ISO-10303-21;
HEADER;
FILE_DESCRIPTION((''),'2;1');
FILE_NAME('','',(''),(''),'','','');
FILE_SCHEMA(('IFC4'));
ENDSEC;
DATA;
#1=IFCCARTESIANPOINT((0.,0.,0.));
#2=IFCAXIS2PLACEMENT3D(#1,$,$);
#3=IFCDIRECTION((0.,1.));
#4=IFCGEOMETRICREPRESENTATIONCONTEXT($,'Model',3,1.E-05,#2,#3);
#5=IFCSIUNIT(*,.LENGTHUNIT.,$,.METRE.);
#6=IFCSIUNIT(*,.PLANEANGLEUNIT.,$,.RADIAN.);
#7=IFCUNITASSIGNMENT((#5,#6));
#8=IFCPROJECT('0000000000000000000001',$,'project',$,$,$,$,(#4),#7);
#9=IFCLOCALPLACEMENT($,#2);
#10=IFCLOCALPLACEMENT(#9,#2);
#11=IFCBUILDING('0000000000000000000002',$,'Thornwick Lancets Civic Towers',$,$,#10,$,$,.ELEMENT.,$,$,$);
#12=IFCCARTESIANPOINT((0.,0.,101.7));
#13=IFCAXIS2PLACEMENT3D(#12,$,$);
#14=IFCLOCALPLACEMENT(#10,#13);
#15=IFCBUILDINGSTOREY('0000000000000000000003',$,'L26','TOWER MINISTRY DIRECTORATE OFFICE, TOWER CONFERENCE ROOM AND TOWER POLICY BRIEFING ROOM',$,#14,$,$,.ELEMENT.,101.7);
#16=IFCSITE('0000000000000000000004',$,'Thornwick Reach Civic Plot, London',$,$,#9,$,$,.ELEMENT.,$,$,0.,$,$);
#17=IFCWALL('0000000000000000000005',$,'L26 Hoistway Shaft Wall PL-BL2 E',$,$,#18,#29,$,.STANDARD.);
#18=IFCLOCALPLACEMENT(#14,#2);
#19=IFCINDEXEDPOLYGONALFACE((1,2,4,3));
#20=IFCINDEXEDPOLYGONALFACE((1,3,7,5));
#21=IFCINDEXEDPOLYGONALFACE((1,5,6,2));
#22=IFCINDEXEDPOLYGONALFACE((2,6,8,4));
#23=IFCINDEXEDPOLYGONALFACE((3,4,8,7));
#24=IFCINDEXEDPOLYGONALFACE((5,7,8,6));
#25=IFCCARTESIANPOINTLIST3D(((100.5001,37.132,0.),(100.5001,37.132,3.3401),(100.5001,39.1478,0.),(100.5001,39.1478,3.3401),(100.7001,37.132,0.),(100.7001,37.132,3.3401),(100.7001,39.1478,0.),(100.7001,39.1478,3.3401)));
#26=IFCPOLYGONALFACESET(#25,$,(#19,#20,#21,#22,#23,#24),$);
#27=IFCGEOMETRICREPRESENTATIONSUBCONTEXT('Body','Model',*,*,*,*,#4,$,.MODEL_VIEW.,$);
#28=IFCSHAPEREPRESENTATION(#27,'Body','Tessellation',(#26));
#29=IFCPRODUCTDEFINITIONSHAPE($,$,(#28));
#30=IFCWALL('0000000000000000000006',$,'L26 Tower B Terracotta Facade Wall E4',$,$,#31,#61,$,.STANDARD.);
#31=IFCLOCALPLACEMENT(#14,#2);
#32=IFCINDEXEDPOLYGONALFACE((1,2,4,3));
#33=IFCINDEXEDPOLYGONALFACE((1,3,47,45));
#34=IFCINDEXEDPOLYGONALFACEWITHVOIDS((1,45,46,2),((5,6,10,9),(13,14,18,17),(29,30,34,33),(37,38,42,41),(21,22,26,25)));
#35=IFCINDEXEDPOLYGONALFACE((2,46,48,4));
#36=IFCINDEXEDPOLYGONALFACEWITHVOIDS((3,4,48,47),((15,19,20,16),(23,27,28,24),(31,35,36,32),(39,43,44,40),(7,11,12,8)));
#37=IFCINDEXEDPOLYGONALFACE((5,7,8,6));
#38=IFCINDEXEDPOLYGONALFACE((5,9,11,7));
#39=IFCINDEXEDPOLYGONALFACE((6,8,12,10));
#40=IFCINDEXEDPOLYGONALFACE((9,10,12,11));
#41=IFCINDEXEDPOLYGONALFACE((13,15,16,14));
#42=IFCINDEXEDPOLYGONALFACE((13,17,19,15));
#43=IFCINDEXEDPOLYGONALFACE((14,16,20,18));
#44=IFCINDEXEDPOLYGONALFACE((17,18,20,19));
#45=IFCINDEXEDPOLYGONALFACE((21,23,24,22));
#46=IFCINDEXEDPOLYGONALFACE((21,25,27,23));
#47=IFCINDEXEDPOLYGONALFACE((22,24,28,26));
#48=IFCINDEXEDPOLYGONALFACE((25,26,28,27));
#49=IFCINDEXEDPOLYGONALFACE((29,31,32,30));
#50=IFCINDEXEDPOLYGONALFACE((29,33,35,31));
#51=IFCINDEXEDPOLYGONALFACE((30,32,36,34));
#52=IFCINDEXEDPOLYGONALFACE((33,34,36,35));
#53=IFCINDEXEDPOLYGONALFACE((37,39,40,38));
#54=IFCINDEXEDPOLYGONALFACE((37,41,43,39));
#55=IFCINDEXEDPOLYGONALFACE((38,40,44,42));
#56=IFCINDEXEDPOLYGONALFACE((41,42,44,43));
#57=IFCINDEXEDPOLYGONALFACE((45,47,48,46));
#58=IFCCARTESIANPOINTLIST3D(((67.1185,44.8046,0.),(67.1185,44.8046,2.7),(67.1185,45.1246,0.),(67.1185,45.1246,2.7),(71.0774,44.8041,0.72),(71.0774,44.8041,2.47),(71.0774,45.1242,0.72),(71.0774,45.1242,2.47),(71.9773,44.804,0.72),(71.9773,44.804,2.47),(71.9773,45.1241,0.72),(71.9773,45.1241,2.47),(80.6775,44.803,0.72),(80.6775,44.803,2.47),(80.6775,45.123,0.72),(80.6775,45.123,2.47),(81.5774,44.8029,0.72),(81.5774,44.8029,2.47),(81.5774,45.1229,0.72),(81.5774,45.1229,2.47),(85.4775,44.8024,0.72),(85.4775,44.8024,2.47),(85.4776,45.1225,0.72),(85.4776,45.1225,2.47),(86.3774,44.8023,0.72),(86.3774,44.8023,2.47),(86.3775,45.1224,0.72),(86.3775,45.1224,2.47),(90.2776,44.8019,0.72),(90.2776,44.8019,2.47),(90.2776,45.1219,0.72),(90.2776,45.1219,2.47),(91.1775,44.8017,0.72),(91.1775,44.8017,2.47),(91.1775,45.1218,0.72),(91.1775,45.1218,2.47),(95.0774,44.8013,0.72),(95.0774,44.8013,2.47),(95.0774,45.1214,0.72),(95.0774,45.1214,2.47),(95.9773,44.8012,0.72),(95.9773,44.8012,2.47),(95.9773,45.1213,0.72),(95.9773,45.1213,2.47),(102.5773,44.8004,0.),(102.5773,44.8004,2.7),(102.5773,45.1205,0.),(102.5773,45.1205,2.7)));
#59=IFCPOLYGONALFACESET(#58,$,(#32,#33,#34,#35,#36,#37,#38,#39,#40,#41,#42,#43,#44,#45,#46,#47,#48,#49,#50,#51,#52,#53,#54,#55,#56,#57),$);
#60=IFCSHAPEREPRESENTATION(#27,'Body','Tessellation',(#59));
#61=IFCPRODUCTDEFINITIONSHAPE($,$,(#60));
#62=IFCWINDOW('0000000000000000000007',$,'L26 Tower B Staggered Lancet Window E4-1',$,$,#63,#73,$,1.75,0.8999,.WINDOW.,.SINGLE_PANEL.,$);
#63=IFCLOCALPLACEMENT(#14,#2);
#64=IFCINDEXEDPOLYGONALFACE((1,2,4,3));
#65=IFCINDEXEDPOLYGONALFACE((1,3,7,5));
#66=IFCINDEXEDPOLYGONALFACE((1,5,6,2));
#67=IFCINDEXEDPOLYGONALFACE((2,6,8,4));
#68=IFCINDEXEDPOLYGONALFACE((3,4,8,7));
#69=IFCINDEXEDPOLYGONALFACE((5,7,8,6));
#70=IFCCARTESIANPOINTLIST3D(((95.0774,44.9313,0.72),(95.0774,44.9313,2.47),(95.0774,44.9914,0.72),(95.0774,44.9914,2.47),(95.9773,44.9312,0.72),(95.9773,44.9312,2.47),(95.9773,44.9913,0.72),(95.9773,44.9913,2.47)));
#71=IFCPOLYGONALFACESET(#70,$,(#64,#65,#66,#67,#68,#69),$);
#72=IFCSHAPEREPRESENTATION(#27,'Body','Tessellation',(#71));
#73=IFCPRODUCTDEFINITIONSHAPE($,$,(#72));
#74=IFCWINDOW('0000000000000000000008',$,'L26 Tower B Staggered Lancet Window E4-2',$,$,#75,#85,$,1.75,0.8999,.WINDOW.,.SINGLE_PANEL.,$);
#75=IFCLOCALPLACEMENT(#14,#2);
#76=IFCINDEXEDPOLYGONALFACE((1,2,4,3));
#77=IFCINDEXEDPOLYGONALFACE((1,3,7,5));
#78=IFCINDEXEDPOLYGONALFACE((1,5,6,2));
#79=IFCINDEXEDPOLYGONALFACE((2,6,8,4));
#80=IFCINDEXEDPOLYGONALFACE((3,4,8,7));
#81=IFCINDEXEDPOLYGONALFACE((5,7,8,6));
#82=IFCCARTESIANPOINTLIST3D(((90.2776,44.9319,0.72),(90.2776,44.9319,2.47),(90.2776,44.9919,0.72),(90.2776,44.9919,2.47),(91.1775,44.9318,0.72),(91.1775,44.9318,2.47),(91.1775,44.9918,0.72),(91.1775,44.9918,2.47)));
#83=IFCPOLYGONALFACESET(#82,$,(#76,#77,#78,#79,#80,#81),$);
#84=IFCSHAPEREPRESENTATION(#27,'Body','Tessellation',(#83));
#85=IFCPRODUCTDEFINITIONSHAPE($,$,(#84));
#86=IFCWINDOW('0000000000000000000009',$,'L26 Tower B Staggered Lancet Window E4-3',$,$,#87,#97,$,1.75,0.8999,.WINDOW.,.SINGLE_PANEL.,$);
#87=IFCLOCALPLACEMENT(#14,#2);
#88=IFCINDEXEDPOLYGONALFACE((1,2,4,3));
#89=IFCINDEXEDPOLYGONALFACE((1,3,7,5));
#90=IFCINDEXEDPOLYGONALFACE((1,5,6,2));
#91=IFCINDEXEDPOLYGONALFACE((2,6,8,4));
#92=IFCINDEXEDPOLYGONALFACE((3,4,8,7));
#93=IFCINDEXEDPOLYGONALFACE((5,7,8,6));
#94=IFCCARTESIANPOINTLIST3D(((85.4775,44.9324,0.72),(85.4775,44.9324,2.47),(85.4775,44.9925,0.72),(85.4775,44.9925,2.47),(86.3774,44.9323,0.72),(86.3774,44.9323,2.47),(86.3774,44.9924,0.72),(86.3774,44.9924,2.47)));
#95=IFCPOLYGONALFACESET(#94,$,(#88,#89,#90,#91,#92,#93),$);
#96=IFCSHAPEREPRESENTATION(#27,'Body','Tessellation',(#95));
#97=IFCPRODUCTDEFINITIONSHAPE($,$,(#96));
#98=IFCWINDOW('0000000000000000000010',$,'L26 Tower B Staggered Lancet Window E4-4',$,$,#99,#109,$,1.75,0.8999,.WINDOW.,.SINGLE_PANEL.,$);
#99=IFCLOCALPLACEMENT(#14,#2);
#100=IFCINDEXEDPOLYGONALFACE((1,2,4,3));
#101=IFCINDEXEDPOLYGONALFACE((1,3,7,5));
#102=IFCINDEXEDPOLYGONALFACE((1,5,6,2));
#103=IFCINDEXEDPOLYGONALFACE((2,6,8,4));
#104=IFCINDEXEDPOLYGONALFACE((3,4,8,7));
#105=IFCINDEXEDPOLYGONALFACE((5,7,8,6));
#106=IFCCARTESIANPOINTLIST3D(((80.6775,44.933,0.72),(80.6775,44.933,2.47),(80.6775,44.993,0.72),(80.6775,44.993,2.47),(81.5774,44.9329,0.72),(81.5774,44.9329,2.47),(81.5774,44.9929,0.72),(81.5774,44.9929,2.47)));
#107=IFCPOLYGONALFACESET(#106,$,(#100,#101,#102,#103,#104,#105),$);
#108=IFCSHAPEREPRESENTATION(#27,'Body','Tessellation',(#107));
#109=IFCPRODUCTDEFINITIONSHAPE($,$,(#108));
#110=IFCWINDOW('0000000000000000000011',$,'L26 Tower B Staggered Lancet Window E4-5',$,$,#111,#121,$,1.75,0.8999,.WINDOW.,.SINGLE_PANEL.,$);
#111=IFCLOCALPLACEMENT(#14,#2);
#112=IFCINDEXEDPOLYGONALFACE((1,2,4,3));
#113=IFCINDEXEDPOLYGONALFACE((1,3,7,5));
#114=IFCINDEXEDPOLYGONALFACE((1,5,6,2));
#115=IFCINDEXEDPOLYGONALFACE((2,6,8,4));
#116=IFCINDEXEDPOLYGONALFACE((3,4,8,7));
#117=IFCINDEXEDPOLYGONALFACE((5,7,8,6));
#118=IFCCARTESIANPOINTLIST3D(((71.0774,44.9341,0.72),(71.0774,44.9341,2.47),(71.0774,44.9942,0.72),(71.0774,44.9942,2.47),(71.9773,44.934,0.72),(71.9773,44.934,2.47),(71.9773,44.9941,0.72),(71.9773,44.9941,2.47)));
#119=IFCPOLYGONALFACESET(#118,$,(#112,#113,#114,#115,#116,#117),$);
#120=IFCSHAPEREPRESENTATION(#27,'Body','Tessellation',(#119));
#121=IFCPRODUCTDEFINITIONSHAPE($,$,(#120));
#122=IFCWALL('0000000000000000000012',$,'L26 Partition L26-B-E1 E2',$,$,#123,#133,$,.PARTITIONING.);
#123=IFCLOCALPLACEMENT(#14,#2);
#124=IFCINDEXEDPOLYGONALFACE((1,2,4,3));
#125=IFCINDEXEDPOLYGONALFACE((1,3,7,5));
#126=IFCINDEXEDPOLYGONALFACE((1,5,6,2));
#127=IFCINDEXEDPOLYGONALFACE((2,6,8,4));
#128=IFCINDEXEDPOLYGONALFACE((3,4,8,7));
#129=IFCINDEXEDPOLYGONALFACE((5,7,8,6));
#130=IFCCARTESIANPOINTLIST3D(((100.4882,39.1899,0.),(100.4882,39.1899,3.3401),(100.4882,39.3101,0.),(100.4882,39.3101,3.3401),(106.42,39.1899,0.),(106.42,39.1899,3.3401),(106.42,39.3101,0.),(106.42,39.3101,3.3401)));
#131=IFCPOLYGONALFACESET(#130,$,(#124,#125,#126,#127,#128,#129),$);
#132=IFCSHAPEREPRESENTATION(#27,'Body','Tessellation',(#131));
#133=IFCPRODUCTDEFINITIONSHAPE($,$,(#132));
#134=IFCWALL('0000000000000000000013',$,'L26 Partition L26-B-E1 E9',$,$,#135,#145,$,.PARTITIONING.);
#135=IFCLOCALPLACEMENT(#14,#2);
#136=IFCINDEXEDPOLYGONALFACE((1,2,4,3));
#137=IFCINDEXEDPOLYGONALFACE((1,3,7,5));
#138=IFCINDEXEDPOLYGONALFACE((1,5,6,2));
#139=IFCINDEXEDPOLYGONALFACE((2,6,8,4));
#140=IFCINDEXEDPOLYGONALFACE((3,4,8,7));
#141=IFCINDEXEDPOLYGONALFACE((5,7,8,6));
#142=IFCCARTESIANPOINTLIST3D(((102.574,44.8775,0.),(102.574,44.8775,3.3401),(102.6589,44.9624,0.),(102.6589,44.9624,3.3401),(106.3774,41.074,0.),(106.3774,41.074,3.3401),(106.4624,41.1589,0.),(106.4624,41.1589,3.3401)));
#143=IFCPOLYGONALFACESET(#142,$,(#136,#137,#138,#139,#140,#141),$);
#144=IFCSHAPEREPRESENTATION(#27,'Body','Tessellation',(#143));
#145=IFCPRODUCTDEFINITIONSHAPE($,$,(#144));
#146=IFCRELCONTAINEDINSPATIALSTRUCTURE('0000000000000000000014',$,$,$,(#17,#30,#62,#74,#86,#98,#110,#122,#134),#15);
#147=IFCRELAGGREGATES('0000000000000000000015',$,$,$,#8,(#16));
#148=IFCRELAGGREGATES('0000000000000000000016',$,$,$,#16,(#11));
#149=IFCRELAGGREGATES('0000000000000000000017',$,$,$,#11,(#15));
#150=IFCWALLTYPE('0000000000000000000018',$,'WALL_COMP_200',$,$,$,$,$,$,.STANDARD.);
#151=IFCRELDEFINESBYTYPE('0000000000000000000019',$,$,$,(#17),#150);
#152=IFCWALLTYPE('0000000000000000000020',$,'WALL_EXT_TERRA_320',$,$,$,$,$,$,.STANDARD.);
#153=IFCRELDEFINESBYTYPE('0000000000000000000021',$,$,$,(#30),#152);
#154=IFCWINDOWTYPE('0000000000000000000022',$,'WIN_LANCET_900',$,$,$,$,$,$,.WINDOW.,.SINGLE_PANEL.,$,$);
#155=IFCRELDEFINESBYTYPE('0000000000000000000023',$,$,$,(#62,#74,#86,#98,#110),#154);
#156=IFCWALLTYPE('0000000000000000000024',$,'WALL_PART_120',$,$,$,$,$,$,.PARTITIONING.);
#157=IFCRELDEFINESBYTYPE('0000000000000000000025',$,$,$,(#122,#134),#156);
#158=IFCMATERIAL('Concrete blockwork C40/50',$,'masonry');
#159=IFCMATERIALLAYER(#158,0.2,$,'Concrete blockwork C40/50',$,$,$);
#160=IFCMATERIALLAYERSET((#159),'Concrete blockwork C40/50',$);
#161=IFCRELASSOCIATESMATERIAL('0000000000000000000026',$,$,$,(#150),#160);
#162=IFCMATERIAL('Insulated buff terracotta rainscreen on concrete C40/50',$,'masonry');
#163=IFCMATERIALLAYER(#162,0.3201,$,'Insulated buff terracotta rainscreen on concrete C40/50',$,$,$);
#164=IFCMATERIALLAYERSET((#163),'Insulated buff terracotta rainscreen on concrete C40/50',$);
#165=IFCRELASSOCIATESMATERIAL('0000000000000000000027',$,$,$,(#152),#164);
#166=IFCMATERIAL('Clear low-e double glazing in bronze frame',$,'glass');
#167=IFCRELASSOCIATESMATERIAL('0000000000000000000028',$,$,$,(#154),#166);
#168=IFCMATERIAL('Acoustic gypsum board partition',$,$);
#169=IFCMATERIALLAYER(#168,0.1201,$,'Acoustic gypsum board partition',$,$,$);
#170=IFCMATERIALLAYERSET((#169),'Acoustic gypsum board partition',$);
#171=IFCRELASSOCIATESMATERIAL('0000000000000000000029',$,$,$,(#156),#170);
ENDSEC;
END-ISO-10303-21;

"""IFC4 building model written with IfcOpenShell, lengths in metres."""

from ifc_helpers import new_model, si_unit, direction, frame, frame_2d, origin, place, context, subcontext, project, spatial, rectangle, extrude, material, layer, layer_set, type_object, element, fill, save


model = new_model("IFC4")

# Units and contexts
model_context = context("Model", 3, precision=1e-05, world=origin(), true_north=direction((0.0, 1.0)))
body_context = subcontext(model_context, "Body", "Model", "MODEL_VIEW")
ifc_project = project(units=[si_unit("LENGTHUNIT", "METRE"), si_unit("PLANEANGLEUNIT", "RADIAN")], contexts=[model_context])

# Site, building, storey
site_placement = place(None, origin())
site = spatial("IfcSite", under=ifc_project, at=site_placement, Name="Thornwick Reach Civic Plot, London", CompositionType="ELEMENT", RefElevation=0.0)
building_placement = place(site_placement, origin())
building = spatial("IfcBuilding", under=site, at=building_placement, Name="Thornwick Lancets Civic Towers", CompositionType="ELEMENT")
storey_placement = place(building_placement, frame((0.0, 0.0, 101.7)))
storey = spatial("IfcBuildingStorey", under=building, at=storey_placement, Name="L26", Description="TOWER MINISTRY DIRECTORATE OFFICE, TOWER CONFERENCE ROOM AND TOWER POLICY BRIEFING ROOM", CompositionType="ELEMENT", Elevation=101.7)

# Wall
ifc_material_1 = material(Name="Concrete blockwork C40/50", Category="masonry")
ifc_layer_1 = layer(ifc_material_1, 0.2, Name="Concrete blockwork C40/50")
ifc_layer_set_1 = layer_set([ifc_layer_1], Name="Concrete blockwork C40/50")
wall_type_1 = type_object("IfcWallType", Name="WALL_COMP_200", PredefinedType="STANDARD", material=ifc_layer_set_1)
wall_1_placement = place(storey_placement, frame((100.6001, 37.1321, 0.0), z_axis=(0.0, 0.0, 1.0), x_axis=(0.0, 1.0, 0.0)))
element("IfcWall", 1, at=wall_1_placement, inside=storey, type_object=wall_type_1, Name="L26 Hoistway Shaft Wall PL-BL2 E", PredefinedType="STANDARD", context=body_context, shape_type="SweptSolid", body=[
    extrude(rectangle(XDim=2.0159, YDim=0.2, at=frame_2d((1.0078, 0.0))), origin(), (0.0, 0.0, 1.0), 3.3401),
])

# Wall, openings, windows
ifc_material_2 = material(Name="Insulated buff terracotta rainscreen on concrete C40/50", Category="masonry")
ifc_layer_2 = layer(ifc_material_2, 0.3201, Name="Insulated buff terracotta rainscreen on concrete C40/50")
ifc_layer_set_2 = layer_set([ifc_layer_2], Name="Insulated buff terracotta rainscreen on concrete C40/50")
wall_type_2 = type_object("IfcWallType", Name="WALL_EXT_TERRA_320", PredefinedType="STANDARD", material=ifc_layer_set_2)
wall_2_placement = place(storey_placement, frame((102.5774, 44.9604, 0.0), z_axis=(0.0, 0.0, 1.0), x_axis=(-1.0, 0.000117, 0.0)))
wall_2 = element("IfcWall", 2, at=wall_2_placement, inside=storey, type_object=wall_type_2, Name="L26 Tower B Terracotta Facade Wall E4", PredefinedType="STANDARD", context=body_context, shape_type="SweptSolid", body=[
    extrude(rectangle(XDim=35.4587, YDim=0.3201, at=frame_2d((17.7295, 0.0))), origin(), (0.0, 0.0, 1.0), 2.7),
])
opening_1_placement = place(wall_2_placement, frame((6.6001, 0.0, 0.72)))
opening_1 = element("IfcOpeningElement", 3, at=opening_1_placement, cuts=wall_2, PredefinedType="OPENING", context=body_context, shape_type="SweptSolid", body=[
    extrude(rectangle(XDim=0.8999, YDim=1.75, at=frame_2d((0.45, 0.875))), frame((0.0, 0.1699, 0.0), z_axis=(0.0, -1.0, 0.0), x_axis=(1.0, 0.0, 0.0)), (0.0, 0.0, 1.0), 0.3401),
])
opening_2_placement = place(wall_2_placement, frame((11.3999, 0.0, 0.72)))
opening_2 = element("IfcOpeningElement", 4, at=opening_2_placement, cuts=wall_2, PredefinedType="OPENING", context=body_context, shape_type="SweptSolid", body=[
    extrude(rectangle(XDim=0.8999, YDim=1.75, at=frame_2d((0.45, 0.875))), frame((0.0, 0.1699, 0.0), z_axis=(0.0, -1.0, 0.0), x_axis=(1.0, 0.0, 0.0)), (0.0, 0.0, 1.0), 0.3401),
])
opening_3_placement = place(wall_2_placement, frame((16.2, 0.0, 0.72)))
opening_3 = element("IfcOpeningElement", 5, at=opening_3_placement, cuts=wall_2, PredefinedType="OPENING", context=body_context, shape_type="SweptSolid", body=[
    extrude(rectangle(XDim=0.8999, YDim=1.75, at=frame_2d((0.45, 0.875))), frame((0.0, 0.1699, 0.0), z_axis=(0.0, -1.0, 0.0), x_axis=(1.0, 0.0, 0.0)), (0.0, 0.0, 1.0), 0.3401),
])
opening_4_placement = place(wall_2_placement, frame((21.0, 0.0, 0.72)))
opening_4 = element("IfcOpeningElement", 6, at=opening_4_placement, cuts=wall_2, PredefinedType="OPENING", context=body_context, shape_type="SweptSolid", body=[
    extrude(rectangle(XDim=0.8999, YDim=1.75, at=frame_2d((0.45, 0.875))), frame((0.0, 0.1699, 0.0), z_axis=(0.0, -1.0, 0.0), x_axis=(1.0, 0.0, 0.0)), (0.0, 0.0, 1.0), 0.3401),
])
opening_5_placement = place(wall_2_placement, frame((30.6001, 0.0, 0.72)))
opening_5 = element("IfcOpeningElement", 7, at=opening_5_placement, cuts=wall_2, PredefinedType="OPENING", context=body_context, shape_type="SweptSolid", body=[
    extrude(rectangle(XDim=0.8999, YDim=1.75, at=frame_2d((0.45, 0.875))), frame((0.0, 0.1699, 0.0), z_axis=(0.0, -1.0, 0.0), x_axis=(1.0, 0.0, 0.0)), (0.0, 0.0, 1.0), 0.3401),
])
ifc_material_3 = material(Name="Clear low-e double glazing in bronze frame", Category="glass")
window_type = type_object("IfcWindowType", Name="WIN_LANCET_900", PartitioningType="SINGLE_PANEL", PredefinedType="WINDOW", material=ifc_material_3)
window_1_placement = place(opening_1_placement, origin())
window_1 = element("IfcWindow", 8, at=window_1_placement, inside=storey, type_object=window_type, Name="L26 Tower B Staggered Lancet Window E4-1", OverallHeight=1.75, OverallWidth=0.8999, PartitioningType="SINGLE_PANEL", PredefinedType="WINDOW", context=body_context, shape_type="SweptSolid", body=[
    extrude(rectangle(XDim=0.8999, YDim=1.75, at=frame_2d((0.45, 0.875))), frame((0.0, 0.03, 0.0), z_axis=(0.0, -1.0, 0.0), x_axis=(1.0, 0.0, 0.0)), (0.0, 0.0, 1.0), 0.0601),
])
fill(opening_1, window_1)
window_2_placement = place(opening_2_placement, origin())
window_2 = element("IfcWindow", 9, at=window_2_placement, inside=storey, type_object=window_type, Name="L26 Tower B Staggered Lancet Window E4-2", OverallHeight=1.75, OverallWidth=0.8999, PartitioningType="SINGLE_PANEL", PredefinedType="WINDOW", context=body_context, shape_type="SweptSolid", body=[
    extrude(rectangle(XDim=0.8999, YDim=1.75, at=frame_2d((0.45, 0.875))), frame((0.0, 0.03, 0.0), z_axis=(0.0, -1.0, 0.0), x_axis=(1.0, 0.0, 0.0)), (0.0, 0.0, 1.0), 0.0601),
])
fill(opening_2, window_2)
window_3_placement = place(opening_3_placement, origin())
window_3 = element("IfcWindow", 10, at=window_3_placement, inside=storey, type_object=window_type, Name="L26 Tower B Staggered Lancet Window E4-3", OverallHeight=1.75, OverallWidth=0.8999, PartitioningType="SINGLE_PANEL", PredefinedType="WINDOW", context=body_context, shape_type="SweptSolid", body=[
    extrude(rectangle(XDim=0.8999, YDim=1.75, at=frame_2d((0.45, 0.875))), frame((0.0, 0.03, 0.0), z_axis=(0.0, -1.0, 0.0), x_axis=(1.0, 0.0, 0.0)), (0.0, 0.0, 1.0), 0.0601),
])
fill(opening_3, window_3)
window_4_placement = place(opening_4_placement, origin())
window_4 = element("IfcWindow", 11, at=window_4_placement, inside=storey, type_object=window_type, Name="L26 Tower B Staggered Lancet Window E4-4", OverallHeight=1.75, OverallWidth=0.8999, PartitioningType="SINGLE_PANEL", PredefinedType="WINDOW", context=body_context, shape_type="SweptSolid", body=[
    extrude(rectangle(XDim=0.8999, YDim=1.75, at=frame_2d((0.45, 0.875))), frame((0.0, 0.03, 0.0), z_axis=(0.0, -1.0, 0.0), x_axis=(1.0, 0.0, 0.0)), (0.0, 0.0, 1.0), 0.0601),
])
fill(opening_4, window_4)
window_5_placement = place(opening_5_placement, origin())
window_5 = element("IfcWindow", 12, at=window_5_placement, inside=storey, type_object=window_type, Name="L26 Tower B Staggered Lancet Window E4-5", OverallHeight=1.75, OverallWidth=0.8999, PartitioningType="SINGLE_PANEL", PredefinedType="WINDOW", context=body_context, shape_type="SweptSolid", body=[
    extrude(rectangle(XDim=0.8999, YDim=1.75, at=frame_2d((0.45, 0.875))), frame((0.0, 0.03, 0.0), z_axis=(0.0, -1.0, 0.0), x_axis=(1.0, 0.0, 0.0)), (0.0, 0.0, 1.0), 0.0601),
])
fill(opening_5, window_5)

# Walls
ifc_material_4 = material(Name="Acoustic gypsum board partition")
ifc_layer_3 = layer(ifc_material_4, 0.1201, Name="Acoustic gypsum board partition")
ifc_layer_set_3 = layer_set([ifc_layer_3], Name="Acoustic gypsum board partition")
wall_type_3 = type_object("IfcWallType", Name="WALL_PART_120", PredefinedType="PARTITIONING", material=ifc_layer_set_3)
wall_3_placement = place(storey_placement, frame((106.4199, 39.25, 0.0), z_axis=(0.0, 0.0, 1.0), x_axis=(-1.0, 0.0, 0.0)))
element("IfcWall", 13, at=wall_3_placement, inside=storey, type_object=wall_type_3, Name="L26 Partition L26-B-E1 E2", PredefinedType="PARTITIONING", context=body_context, shape_type="SweptSolid", body=[
    extrude(rectangle(XDim=5.9319, YDim=0.1201, at=frame_2d((2.9658, 0.0))), origin(), (0.0, 0.0, 1.0), 3.3401),
])
wall_4_placement = place(storey_placement, frame((102.6165, 44.9199, 0.0), z_axis=(0.0, 0.0, 1.0), x_axis=(0.707107, -0.707107, 0.0)))
element("IfcWall", 14, at=wall_4_placement, inside=storey, type_object=wall_type_3, Name="L26 Partition L26-B-E1 E9", PredefinedType="PARTITIONING", context=body_context, shape_type="SweptSolid", body=[
    extrude(rectangle(XDim=5.3789, YDim=0.1201, at=frame_2d((2.6895, 0.0))), origin(), (0.0, 0.0, 1.0), 3.3401),
])

save(model, "model.ifc")
